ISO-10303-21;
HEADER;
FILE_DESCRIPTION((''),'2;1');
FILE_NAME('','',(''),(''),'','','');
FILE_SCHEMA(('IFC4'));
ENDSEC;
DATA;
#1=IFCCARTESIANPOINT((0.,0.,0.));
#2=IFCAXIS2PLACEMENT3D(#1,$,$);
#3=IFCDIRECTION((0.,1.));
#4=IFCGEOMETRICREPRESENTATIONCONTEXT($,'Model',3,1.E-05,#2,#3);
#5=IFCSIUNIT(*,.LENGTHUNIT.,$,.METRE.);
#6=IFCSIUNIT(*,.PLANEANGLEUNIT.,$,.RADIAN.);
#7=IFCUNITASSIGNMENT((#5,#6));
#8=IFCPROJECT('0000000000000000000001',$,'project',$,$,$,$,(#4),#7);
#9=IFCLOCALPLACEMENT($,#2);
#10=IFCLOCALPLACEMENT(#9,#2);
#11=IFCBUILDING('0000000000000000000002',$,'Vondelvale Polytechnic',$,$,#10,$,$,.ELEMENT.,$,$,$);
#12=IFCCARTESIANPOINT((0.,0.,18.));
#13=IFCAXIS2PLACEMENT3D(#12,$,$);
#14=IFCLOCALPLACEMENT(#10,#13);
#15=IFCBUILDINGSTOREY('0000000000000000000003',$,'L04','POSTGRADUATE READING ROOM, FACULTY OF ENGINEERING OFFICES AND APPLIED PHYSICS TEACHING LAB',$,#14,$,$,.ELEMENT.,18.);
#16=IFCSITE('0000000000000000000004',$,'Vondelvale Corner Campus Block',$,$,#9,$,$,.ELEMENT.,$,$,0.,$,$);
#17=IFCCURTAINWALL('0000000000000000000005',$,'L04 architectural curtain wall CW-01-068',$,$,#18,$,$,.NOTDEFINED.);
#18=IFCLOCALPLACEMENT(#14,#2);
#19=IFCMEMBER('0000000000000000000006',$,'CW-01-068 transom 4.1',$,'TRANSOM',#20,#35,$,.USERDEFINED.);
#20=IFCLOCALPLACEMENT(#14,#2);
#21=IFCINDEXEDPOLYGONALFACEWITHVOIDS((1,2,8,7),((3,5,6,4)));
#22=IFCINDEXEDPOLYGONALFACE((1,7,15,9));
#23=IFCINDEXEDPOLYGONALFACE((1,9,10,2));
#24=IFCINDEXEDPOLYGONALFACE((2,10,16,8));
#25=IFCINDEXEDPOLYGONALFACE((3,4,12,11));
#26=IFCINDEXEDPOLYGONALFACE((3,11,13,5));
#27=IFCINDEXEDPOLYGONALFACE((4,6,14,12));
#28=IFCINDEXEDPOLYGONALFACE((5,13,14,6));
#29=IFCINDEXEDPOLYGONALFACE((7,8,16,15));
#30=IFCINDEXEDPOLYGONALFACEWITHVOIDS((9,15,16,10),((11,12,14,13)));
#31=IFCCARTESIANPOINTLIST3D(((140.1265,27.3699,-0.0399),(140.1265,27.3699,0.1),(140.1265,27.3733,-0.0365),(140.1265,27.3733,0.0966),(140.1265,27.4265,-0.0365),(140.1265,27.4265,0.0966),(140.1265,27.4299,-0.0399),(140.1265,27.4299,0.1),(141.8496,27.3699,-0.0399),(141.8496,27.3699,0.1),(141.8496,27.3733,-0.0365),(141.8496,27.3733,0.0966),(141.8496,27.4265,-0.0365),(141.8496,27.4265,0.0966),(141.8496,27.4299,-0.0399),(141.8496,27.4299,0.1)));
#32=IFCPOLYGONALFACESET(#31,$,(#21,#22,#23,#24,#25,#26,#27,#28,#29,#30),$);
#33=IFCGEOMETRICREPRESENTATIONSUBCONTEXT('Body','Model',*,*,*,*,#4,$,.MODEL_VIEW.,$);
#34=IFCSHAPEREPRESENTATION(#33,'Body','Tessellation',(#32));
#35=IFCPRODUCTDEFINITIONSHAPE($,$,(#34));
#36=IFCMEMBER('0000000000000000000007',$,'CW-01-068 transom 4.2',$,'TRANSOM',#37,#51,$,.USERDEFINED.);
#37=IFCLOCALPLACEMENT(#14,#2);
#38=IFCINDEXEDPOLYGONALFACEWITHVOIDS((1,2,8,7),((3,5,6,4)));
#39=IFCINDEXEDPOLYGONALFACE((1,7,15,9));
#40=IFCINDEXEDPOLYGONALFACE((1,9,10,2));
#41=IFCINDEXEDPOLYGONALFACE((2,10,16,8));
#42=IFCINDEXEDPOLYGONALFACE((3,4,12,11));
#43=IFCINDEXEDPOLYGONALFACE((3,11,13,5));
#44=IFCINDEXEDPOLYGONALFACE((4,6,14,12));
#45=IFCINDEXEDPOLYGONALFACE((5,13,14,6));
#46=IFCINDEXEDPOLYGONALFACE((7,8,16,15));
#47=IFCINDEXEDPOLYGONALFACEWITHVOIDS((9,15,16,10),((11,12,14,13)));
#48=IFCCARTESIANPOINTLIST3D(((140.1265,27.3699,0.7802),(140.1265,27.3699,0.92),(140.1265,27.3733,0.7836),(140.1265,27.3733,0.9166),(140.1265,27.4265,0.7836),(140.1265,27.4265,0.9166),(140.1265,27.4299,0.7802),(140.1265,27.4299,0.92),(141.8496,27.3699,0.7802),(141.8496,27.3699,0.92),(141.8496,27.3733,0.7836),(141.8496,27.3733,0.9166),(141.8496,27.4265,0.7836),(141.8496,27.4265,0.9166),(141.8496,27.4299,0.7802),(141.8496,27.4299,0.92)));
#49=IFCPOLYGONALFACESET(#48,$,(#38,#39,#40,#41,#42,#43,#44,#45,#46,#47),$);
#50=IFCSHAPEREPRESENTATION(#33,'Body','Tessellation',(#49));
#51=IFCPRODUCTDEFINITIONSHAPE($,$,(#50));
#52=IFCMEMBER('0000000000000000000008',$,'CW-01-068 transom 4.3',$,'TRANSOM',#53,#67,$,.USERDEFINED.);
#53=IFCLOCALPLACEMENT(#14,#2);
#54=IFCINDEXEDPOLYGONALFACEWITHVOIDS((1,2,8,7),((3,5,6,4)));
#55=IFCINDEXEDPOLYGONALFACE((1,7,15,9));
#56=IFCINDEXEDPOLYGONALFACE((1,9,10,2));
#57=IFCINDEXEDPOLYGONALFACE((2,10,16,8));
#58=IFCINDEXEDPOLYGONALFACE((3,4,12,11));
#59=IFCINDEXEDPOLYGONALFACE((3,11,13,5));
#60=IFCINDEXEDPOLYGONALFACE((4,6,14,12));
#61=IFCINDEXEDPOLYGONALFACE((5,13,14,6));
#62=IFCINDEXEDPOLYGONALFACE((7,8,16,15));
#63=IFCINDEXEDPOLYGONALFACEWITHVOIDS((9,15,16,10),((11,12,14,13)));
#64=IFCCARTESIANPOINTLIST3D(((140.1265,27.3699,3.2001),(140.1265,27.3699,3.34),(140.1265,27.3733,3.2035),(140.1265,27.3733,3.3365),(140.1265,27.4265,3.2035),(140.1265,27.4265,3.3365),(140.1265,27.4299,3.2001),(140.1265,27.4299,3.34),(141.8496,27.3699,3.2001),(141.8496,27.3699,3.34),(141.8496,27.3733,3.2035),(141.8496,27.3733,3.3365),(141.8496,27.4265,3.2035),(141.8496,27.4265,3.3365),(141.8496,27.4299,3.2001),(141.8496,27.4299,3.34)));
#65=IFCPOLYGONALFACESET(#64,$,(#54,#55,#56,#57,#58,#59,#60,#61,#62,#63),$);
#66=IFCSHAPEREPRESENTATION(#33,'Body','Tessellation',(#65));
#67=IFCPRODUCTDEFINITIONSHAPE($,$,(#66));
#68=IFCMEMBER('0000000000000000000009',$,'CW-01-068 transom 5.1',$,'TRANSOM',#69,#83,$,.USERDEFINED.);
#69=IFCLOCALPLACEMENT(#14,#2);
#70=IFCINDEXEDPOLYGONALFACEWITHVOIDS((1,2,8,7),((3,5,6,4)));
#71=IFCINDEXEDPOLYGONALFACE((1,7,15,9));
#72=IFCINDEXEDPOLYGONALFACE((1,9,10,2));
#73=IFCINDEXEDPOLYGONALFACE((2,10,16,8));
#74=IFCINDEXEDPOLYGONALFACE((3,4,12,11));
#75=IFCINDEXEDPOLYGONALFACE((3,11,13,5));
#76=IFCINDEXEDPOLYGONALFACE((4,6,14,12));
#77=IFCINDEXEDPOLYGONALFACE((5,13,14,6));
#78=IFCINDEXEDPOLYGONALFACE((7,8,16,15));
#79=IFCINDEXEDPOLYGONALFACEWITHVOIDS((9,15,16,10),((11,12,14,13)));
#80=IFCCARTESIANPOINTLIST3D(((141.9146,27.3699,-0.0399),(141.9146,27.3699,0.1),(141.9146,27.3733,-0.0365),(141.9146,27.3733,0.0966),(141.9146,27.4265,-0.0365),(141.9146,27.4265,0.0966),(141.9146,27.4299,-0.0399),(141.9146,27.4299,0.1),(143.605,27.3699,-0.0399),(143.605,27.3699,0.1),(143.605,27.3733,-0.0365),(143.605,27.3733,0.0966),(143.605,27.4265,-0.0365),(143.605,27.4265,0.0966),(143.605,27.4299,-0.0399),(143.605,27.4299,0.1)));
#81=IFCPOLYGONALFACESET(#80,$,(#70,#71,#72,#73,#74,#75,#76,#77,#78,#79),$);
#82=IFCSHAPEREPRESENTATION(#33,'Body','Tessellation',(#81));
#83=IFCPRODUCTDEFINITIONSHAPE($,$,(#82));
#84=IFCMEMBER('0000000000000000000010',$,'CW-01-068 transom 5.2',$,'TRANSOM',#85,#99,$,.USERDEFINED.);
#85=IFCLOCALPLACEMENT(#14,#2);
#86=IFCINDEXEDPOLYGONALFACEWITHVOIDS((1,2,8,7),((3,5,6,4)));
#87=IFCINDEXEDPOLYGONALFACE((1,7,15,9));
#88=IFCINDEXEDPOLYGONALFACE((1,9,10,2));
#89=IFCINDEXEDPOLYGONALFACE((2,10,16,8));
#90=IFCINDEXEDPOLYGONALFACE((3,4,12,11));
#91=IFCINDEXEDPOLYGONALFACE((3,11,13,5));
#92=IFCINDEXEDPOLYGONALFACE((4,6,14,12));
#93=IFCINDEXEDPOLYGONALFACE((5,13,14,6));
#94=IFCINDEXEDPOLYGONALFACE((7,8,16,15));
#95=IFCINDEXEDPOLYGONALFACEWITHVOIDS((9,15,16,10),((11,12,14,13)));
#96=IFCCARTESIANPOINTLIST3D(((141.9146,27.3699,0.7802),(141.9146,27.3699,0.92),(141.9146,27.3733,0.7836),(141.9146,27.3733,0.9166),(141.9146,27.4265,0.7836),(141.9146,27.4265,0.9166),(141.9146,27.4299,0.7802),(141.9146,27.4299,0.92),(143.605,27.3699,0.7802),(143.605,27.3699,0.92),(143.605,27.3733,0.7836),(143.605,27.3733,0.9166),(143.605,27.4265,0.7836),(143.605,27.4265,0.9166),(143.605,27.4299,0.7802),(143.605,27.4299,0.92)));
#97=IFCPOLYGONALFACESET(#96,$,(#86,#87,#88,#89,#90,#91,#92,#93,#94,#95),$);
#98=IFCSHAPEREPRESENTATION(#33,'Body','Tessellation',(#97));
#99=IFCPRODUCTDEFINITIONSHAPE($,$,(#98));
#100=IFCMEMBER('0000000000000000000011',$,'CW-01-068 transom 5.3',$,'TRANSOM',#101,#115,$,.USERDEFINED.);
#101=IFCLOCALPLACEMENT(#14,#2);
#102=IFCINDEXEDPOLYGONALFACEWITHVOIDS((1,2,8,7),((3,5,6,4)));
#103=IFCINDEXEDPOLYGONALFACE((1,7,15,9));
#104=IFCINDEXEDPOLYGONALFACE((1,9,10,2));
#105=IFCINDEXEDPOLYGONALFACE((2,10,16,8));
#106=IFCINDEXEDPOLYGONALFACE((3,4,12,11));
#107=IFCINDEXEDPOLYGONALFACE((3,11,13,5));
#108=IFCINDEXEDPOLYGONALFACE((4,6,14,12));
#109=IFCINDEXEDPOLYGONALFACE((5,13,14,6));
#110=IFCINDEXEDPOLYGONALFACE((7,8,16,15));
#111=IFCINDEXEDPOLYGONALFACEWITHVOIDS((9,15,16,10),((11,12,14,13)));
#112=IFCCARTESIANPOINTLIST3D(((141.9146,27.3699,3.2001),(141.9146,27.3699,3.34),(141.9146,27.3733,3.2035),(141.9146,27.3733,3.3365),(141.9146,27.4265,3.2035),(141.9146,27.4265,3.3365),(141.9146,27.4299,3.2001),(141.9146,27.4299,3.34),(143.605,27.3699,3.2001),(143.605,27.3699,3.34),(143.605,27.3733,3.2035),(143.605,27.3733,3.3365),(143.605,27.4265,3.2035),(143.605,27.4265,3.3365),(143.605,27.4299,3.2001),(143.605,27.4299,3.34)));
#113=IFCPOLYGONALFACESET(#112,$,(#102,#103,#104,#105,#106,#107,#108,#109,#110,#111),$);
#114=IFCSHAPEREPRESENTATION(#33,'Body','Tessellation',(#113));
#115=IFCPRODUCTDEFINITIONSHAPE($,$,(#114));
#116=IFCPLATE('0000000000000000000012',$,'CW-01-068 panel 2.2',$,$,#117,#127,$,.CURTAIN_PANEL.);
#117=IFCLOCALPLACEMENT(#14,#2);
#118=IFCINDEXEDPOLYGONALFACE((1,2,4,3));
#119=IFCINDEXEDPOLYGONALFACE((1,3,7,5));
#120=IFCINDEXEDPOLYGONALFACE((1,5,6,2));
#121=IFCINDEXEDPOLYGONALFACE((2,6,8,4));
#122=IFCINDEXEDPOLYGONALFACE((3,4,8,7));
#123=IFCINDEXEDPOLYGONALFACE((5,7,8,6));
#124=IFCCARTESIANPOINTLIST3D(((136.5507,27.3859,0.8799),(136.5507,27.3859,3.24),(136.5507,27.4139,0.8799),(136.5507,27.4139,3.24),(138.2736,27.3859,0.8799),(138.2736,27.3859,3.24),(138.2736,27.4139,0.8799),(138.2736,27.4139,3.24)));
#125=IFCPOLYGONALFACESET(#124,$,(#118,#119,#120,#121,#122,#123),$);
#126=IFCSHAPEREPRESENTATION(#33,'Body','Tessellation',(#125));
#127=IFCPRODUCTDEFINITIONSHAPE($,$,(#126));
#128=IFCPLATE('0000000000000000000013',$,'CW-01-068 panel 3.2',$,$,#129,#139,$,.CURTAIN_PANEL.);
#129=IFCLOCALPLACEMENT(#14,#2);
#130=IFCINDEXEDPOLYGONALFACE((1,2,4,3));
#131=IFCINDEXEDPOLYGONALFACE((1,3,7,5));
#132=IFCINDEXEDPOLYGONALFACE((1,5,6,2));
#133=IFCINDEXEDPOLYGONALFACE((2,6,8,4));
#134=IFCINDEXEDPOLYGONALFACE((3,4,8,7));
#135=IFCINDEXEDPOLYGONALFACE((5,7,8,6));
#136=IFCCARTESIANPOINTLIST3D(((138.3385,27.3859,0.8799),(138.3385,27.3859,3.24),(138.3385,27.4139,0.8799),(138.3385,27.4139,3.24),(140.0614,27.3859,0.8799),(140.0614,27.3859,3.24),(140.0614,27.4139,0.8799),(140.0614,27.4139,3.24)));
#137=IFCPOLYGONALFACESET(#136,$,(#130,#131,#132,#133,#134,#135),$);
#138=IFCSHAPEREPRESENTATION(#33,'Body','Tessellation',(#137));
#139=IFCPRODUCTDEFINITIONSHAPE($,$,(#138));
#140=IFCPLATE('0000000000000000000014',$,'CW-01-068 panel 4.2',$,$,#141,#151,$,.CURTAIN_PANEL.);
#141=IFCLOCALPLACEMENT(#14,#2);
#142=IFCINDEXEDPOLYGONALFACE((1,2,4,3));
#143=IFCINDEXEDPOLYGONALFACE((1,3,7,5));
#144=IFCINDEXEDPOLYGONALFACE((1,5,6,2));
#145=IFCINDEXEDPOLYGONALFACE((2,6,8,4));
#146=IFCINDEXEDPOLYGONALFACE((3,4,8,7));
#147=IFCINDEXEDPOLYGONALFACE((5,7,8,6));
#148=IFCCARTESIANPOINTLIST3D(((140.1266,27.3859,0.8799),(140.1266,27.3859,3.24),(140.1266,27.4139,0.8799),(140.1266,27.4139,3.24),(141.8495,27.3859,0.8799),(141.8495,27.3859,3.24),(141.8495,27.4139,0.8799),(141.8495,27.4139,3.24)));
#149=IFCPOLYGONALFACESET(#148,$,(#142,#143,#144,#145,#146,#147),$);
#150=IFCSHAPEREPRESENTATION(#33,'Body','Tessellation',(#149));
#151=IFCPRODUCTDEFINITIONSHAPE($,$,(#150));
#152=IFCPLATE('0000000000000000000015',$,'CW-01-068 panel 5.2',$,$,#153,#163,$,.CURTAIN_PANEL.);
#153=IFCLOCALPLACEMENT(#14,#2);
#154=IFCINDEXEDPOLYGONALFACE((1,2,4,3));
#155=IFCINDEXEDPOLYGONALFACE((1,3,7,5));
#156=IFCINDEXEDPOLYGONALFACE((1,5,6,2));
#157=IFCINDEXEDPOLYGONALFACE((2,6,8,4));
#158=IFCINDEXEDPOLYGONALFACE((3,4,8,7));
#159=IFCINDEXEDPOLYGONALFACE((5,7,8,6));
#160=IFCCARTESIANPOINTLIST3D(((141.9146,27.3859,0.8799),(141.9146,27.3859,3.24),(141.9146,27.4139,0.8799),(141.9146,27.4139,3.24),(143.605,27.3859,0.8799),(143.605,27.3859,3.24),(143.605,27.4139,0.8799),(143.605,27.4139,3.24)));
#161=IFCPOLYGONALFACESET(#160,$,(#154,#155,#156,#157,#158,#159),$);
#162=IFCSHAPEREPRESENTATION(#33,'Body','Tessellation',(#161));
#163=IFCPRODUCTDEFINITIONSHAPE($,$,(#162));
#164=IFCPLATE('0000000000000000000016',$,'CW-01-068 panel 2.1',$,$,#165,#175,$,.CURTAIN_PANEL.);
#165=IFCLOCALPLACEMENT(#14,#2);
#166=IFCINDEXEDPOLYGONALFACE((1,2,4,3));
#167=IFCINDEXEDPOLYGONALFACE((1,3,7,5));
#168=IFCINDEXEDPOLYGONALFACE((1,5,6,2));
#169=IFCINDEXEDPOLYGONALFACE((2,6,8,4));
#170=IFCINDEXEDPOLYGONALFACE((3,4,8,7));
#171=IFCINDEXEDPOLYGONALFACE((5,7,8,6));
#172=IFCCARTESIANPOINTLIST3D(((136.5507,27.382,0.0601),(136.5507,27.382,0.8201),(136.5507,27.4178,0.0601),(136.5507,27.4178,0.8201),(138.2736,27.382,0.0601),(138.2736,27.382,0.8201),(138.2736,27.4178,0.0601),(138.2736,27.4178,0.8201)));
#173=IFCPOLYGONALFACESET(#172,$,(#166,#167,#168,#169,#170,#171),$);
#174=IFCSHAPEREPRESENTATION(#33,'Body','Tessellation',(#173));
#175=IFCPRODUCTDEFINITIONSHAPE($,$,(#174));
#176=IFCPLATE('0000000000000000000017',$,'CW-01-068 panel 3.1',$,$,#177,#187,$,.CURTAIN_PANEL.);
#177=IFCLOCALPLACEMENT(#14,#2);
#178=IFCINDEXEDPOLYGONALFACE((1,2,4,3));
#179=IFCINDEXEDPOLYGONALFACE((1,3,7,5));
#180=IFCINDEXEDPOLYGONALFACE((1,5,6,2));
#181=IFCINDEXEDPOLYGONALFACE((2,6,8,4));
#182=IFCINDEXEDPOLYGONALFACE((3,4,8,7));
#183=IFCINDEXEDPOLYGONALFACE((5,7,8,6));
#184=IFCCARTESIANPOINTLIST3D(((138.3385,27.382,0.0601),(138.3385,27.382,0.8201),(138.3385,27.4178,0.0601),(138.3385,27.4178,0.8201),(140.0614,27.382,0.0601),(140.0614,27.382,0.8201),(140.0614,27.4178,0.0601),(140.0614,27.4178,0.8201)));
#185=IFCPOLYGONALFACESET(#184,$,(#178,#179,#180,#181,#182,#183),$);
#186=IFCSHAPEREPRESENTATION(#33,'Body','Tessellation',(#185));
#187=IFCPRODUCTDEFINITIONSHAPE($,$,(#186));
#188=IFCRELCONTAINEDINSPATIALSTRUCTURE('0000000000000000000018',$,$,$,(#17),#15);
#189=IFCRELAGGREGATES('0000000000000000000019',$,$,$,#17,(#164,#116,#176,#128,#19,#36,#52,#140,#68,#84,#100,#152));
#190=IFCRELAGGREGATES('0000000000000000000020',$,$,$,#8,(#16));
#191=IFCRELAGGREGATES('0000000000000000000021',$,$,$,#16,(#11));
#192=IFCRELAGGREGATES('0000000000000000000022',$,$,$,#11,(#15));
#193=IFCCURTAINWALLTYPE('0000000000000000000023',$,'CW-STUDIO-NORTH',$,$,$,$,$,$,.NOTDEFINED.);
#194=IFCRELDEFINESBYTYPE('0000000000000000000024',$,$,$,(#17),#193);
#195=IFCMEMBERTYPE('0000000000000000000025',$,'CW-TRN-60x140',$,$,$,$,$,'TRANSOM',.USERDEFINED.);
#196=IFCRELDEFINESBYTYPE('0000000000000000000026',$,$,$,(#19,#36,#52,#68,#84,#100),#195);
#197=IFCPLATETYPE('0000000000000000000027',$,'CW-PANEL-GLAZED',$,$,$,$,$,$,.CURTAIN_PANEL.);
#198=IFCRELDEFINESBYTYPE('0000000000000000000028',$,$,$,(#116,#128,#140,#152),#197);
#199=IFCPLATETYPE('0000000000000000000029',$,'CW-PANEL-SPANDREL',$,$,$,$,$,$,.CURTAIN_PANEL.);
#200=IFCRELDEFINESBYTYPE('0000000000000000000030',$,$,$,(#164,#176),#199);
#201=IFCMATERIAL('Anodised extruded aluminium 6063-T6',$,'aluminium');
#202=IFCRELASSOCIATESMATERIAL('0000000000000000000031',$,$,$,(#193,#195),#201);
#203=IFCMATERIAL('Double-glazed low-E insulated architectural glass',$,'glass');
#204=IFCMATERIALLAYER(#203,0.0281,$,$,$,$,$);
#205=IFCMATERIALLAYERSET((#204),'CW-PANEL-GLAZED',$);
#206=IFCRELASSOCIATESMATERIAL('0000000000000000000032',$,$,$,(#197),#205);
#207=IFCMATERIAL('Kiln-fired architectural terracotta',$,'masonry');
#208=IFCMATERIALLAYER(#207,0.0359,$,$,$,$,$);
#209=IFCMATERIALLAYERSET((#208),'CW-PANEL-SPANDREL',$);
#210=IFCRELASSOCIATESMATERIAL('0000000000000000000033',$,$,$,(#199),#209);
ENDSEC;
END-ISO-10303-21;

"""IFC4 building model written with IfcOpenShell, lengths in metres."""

from ifc_helpers import new_model, si_unit, direction, frame, origin, origin_2d, place, context, subcontext, project, spatial, rectangle, hollow_rectangle, extrude, material, layer, layer_set, material_profile, profile_set, type_object, element, aggregate, save


model = new_model("IFC4")

# Units and contexts
model_context = context("Model", 3, precision=1e-05, world=origin(), true_north=direction((0.0, 1.0)))
body_context = subcontext(model_context, "Body", "Model", "MODEL_VIEW")
ifc_project = project(units=[si_unit("LENGTHUNIT", "METRE"), si_unit("PLANEANGLEUNIT", "RADIAN")], contexts=[model_context])

# Site, building, storey
site_placement = place(None, origin())
site = spatial("IfcSite", under=ifc_project, at=site_placement, Name="Vondelvale Corner Campus Block", CompositionType="ELEMENT", RefElevation=0.0)
building_placement = place(site_placement, origin())
building = spatial("IfcBuilding", under=site, at=building_placement, Name="Vondelvale Polytechnic", CompositionType="ELEMENT")
storey_placement = place(building_placement, frame((0.0, 0.0, 18.0)))
storey = spatial("IfcBuildingStorey", under=building, at=storey_placement, Name="L04", Description="POSTGRADUATE READING ROOM, FACULTY OF ENGINEERING OFFICES AND APPLIED PHYSICS TEACHING LAB", CompositionType="ELEMENT", Elevation=18.0)

# Curtain wall, members, plates
ifc_material_1 = material(Name="Anodised extruded aluminium 6063-T6", Category="aluminium")
curtain_wall_type = type_object("IfcCurtainWallType", Name="CW-STUDIO-NORTH", PredefinedType="NOTDEFINED", material=ifc_material_1)
curtain_wall_placement = place(storey_placement, origin())
curtain_wall = element("IfcCurtainWall", 1, at=curtain_wall_placement, inside=storey, type_object=curtain_wall_type, Name="L04 architectural curtain wall CW-01-068", PredefinedType="NOTDEFINED")
ifc_material_profile_1 = material_profile(ifc_material_1, hollow_rectangle(XDim=0.0601, YDim=0.1399, WallThickness=0.0034, at=origin_2d()), Name="CW-TRN-140x60")
ifc_profile_set_1 = profile_set([ifc_material_profile_1], Name="Anodised extruded aluminium 6063-T6")
member_type_1 = type_object("IfcMemberType", Name="CW-TRN-60x140", ElementType="TRANSOM", PredefinedType="USERDEFINED", material=ifc_profile_set_1)
member_1_placement = place(storey_placement, frame((140.1265, 27.3999, 0.03), z_axis=(1.0, 0.0, 0.0), x_axis=(0.0, 1.0, 0.0)))
member_1 = element("IfcMember", 2, at=member_1_placement, type_object=member_type_1, Name="CW-01-068 transom 4.1", ObjectType="TRANSOM", PredefinedType="USERDEFINED", context=body_context, shape_type="SweptSolid", body=[
    extrude(hollow_rectangle(XDim=0.0601, YDim=0.1399, WallThickness=0.0034, at=origin_2d()), origin(), (0.0, 0.0, 1.0), 1.7231),
])
member_2_placement = place(storey_placement, frame((140.1265, 27.3999, 0.8501), z_axis=(1.0, 0.0, 0.0), x_axis=(0.0, 1.0, 0.0)))
member_2 = element("IfcMember", 3, at=member_2_placement, type_object=member_type_1, Name="CW-01-068 transom 4.2", ObjectType="TRANSOM", PredefinedType="USERDEFINED", context=body_context, shape_type="SweptSolid", body=[
    extrude(hollow_rectangle(XDim=0.0601, YDim=0.1399, WallThickness=0.0034, at=origin_2d()), origin(), (0.0, 0.0, 1.0), 1.7231),
])
member_3_placement = place(storey_placement, frame((140.1265, 27.3999, 3.27), z_axis=(1.0, 0.0, 0.0), x_axis=(0.0, 1.0, 0.0)))
member_3 = element("IfcMember", 4, at=member_3_placement, type_object=member_type_1, Name="CW-01-068 transom 4.3", ObjectType="TRANSOM", PredefinedType="USERDEFINED", context=body_context, shape_type="SweptSolid", body=[
    extrude(hollow_rectangle(XDim=0.0601, YDim=0.1399, WallThickness=0.0034, at=origin_2d()), origin(), (0.0, 0.0, 1.0), 1.7231),
])
member_4_placement = place(storey_placement, frame((141.9146, 27.3999, 0.03), z_axis=(1.0, 0.0, 0.0), x_axis=(0.0, 1.0, 0.0)))
member_4 = element("IfcMember", 5, at=member_4_placement, type_object=member_type_1, Name="CW-01-068 transom 5.1", ObjectType="TRANSOM", PredefinedType="USERDEFINED", context=body_context, shape_type="SweptSolid", body=[
    extrude(hollow_rectangle(XDim=0.0601, YDim=0.1399, WallThickness=0.0034, at=origin_2d()), origin(), (0.0, 0.0, 1.0), 1.6904),
])
member_5_placement = place(storey_placement, frame((141.9146, 27.3999, 0.8501), z_axis=(1.0, 0.0, 0.0), x_axis=(0.0, 1.0, 0.0)))
member_5 = element("IfcMember", 6, at=member_5_placement, type_object=member_type_1, Name="CW-01-068 transom 5.2", ObjectType="TRANSOM", PredefinedType="USERDEFINED", context=body_context, shape_type="SweptSolid", body=[
    extrude(hollow_rectangle(XDim=0.0601, YDim=0.1399, WallThickness=0.0034, at=origin_2d()), origin(), (0.0, 0.0, 1.0), 1.6904),
])
member_6_placement = place(storey_placement, frame((141.9146, 27.3999, 3.27), z_axis=(1.0, 0.0, 0.0), x_axis=(0.0, 1.0, 0.0)))
member_6 = element("IfcMember", 7, at=member_6_placement, type_object=member_type_1, Name="CW-01-068 transom 5.3", ObjectType="TRANSOM", PredefinedType="USERDEFINED", context=body_context, shape_type="SweptSolid", body=[
    extrude(hollow_rectangle(XDim=0.0601, YDim=0.1399, WallThickness=0.0034, at=origin_2d()), origin(), (0.0, 0.0, 1.0), 1.6904),
])
ifc_material_2 = material(Name="Double-glazed low-E insulated architectural glass", Category="glass")
ifc_layer_1 = layer(ifc_material_2, 0.0281)
ifc_layer_set_1 = layer_set([ifc_layer_1], Name="CW-PANEL-GLAZED")
plate_type_1 = type_object("IfcPlateType", Name="CW-PANEL-GLAZED", PredefinedType="CURTAIN_PANEL", material=ifc_layer_set_1)
plate_1_placement = place(storey_placement, frame((137.4121, 27.3999, 0.8799), z_axis=(0.0, 0.0, 1.0), x_axis=(1.0, 0.0, 0.0)))
plate_1 = element("IfcPlate", 8, at=plate_1_placement, type_object=plate_type_1, Name="CW-01-068 panel 2.2", PredefinedType="CURTAIN_PANEL", context=body_context, shape_type="SweptSolid", body=[
    extrude(rectangle(XDim=1.7229, YDim=0.0281, at=origin_2d()), origin(), (0.0, 0.0, 1.0), 2.3601),
])
plate_2_placement = place(storey_placement, frame((139.2, 27.3999, 0.8799), z_axis=(0.0, 0.0, 1.0), x_axis=(1.0, 0.0, 0.0)))
plate_2 = element("IfcPlate", 9, at=plate_2_placement, type_object=plate_type_1, Name="CW-01-068 panel 3.2", PredefinedType="CURTAIN_PANEL", context=body_context, shape_type="SweptSolid", body=[
    extrude(rectangle(XDim=1.7229, YDim=0.0281, at=origin_2d()), origin(), (0.0, 0.0, 1.0), 2.3601),
])
plate_3_placement = place(storey_placement, frame((140.988, 27.3999, 0.8799), z_axis=(0.0, 0.0, 1.0), x_axis=(1.0, 0.0, 0.0)))
plate_3 = element("IfcPlate", 10, at=plate_3_placement, type_object=plate_type_1, Name="CW-01-068 panel 4.2", PredefinedType="CURTAIN_PANEL", context=body_context, shape_type="SweptSolid", body=[
    extrude(rectangle(XDim=1.7229, YDim=0.0281, at=origin_2d()), origin(), (0.0, 0.0, 1.0), 2.3601),
])
plate_4_placement = place(storey_placement, frame((142.7598, 27.3999, 0.8799), z_axis=(0.0, 0.0, 1.0), x_axis=(1.0, 0.0, 0.0)))
plate_4 = element("IfcPlate", 11, at=plate_4_placement, type_object=plate_type_1, Name="CW-01-068 panel 5.2", PredefinedType="CURTAIN_PANEL", context=body_context, shape_type="SweptSolid", body=[
    extrude(rectangle(XDim=1.6904, YDim=0.0281, at=origin_2d()), origin(), (0.0, 0.0, 1.0), 2.3601),
])
ifc_material_3 = material(Name="Kiln-fired architectural terracotta", Category="masonry")
ifc_layer_2 = layer(ifc_material_3, 0.0359)
ifc_layer_set_2 = layer_set([ifc_layer_2], Name="CW-PANEL-SPANDREL")
plate_type_2 = type_object("IfcPlateType", Name="CW-PANEL-SPANDREL", PredefinedType="CURTAIN_PANEL", material=ifc_layer_set_2)
plate_5_placement = place(storey_placement, frame((137.4121, 27.3999, 0.0601), z_axis=(0.0, 0.0, 1.0), x_axis=(1.0, 0.0, 0.0)))
plate_5 = element("IfcPlate", 12, at=plate_5_placement, type_object=plate_type_2, Name="CW-01-068 panel 2.1", PredefinedType="CURTAIN_PANEL", context=body_context, shape_type="SweptSolid", body=[
    extrude(rectangle(XDim=1.7229, YDim=0.0359, at=origin_2d()), origin(), (0.0, 0.0, 1.0), 0.76),
])
plate_6_placement = place(storey_placement, frame((139.2, 27.3999, 0.0601), z_axis=(0.0, 0.0, 1.0), x_axis=(1.0, 0.0, 0.0)))
plate_6 = element("IfcPlate", 13, at=plate_6_placement, type_object=plate_type_2, Name="CW-01-068 panel 3.1", PredefinedType="CURTAIN_PANEL", context=body_context, shape_type="SweptSolid", body=[
    extrude(rectangle(XDim=1.7229, YDim=0.0359, at=origin_2d()), origin(), (0.0, 0.0, 1.0), 0.76),
])
aggregate(curtain_wall, [plate_5, plate_1, plate_6, plate_2, member_1, member_2, member_3, plate_3, member_4, member_5, member_6, plate_4])

save(model, "model.ifc")
